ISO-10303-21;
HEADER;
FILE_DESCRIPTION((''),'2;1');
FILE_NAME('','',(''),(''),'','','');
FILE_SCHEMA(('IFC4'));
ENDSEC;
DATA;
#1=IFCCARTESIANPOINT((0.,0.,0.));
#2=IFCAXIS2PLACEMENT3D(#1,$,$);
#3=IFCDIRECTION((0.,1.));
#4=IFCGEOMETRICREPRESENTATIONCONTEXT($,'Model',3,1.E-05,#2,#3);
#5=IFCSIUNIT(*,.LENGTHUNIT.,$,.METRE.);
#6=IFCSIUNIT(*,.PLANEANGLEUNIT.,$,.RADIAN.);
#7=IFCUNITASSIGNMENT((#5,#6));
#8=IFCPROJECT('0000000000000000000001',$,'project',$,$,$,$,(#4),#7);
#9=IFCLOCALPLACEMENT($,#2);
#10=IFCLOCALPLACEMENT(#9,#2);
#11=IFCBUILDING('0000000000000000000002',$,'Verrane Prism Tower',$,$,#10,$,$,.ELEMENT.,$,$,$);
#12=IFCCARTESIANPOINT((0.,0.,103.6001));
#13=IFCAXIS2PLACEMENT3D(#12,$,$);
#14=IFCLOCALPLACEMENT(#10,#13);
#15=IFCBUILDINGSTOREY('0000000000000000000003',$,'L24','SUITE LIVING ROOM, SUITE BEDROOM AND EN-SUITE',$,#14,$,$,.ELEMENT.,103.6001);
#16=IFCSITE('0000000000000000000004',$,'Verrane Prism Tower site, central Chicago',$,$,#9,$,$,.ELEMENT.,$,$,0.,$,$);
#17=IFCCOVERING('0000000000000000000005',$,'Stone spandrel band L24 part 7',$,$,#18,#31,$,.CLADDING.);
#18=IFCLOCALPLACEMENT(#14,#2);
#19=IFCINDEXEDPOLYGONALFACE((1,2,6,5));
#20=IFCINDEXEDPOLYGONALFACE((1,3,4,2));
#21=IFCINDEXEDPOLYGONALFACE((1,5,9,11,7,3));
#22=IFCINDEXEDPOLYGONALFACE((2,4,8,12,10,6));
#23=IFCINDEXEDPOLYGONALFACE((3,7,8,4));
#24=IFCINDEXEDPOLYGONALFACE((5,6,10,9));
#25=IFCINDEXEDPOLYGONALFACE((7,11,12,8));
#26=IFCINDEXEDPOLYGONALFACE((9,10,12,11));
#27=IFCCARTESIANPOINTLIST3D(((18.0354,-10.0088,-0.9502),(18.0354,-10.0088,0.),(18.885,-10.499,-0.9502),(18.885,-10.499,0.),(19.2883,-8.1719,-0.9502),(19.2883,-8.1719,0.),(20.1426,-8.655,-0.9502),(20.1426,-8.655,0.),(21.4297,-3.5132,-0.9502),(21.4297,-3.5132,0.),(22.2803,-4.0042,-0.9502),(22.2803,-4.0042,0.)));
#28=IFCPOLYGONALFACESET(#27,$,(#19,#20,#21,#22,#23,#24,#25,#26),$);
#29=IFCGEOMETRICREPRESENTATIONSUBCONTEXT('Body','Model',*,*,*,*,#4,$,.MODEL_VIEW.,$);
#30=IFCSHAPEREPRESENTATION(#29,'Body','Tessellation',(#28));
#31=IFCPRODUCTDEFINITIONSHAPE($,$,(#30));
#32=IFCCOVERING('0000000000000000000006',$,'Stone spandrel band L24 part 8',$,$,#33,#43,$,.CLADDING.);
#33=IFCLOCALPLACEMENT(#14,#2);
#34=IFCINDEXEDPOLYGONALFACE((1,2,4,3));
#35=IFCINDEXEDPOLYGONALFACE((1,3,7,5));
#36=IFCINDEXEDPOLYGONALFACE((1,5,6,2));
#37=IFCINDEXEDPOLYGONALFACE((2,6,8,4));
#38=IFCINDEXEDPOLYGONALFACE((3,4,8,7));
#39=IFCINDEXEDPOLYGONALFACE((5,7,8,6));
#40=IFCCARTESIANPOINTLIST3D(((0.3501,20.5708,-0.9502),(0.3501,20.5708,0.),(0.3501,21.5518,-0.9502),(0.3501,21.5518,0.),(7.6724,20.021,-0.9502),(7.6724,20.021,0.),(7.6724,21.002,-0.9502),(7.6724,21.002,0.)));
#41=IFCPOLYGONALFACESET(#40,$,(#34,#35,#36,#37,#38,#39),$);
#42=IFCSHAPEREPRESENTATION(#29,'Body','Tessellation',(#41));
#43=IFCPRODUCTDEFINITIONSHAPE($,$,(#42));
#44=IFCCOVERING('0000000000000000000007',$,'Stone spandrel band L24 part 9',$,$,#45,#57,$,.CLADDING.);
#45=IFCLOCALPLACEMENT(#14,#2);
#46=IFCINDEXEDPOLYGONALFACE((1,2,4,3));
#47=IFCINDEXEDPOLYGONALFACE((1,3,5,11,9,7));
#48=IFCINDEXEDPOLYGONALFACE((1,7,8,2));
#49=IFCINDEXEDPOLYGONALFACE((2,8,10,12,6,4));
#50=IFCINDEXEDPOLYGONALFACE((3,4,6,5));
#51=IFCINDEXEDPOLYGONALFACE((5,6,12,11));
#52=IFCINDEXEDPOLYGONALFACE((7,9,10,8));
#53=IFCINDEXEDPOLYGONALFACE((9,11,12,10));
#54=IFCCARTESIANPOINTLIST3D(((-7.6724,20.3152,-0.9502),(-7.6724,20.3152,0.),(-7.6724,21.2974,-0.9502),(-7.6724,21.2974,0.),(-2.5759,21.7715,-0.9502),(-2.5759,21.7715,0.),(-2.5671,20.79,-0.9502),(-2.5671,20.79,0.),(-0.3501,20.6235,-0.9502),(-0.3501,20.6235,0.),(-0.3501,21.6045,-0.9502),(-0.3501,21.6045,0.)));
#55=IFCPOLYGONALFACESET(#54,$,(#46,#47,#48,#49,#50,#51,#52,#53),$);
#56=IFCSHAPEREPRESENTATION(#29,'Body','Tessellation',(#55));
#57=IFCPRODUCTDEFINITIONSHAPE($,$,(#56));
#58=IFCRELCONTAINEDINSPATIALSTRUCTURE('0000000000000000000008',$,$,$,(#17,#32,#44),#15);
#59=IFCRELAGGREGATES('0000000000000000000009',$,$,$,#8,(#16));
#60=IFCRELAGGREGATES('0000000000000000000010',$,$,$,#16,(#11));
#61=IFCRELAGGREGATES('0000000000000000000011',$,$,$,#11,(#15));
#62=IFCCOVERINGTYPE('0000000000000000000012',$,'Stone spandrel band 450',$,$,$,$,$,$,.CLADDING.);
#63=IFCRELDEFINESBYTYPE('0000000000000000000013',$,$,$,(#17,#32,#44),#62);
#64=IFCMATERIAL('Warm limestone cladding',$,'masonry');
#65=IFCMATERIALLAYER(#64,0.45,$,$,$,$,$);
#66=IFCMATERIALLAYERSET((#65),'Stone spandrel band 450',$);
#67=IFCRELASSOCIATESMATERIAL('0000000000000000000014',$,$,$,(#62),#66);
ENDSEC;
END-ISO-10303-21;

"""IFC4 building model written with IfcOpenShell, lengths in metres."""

from ifc_helpers import new_model, si_unit, direction, frame, origin, place, context, subcontext, project, spatial, polyline, outline, extrude, material, layer, layer_set, type_object, element, save


model = new_model("IFC4")

# Units and contexts
model_context = context("Model", 3, precision=1e-05, world=origin(), true_north=direction((0.0, 1.0)))
body_context = subcontext(model_context, "Body", "Model", "MODEL_VIEW")
ifc_project = project(units=[si_unit("LENGTHUNIT", "METRE"), si_unit("PLANEANGLEUNIT", "RADIAN")], contexts=[model_context])

# Site, building, storey
site_placement = place(None, origin())
site = spatial("IfcSite", under=ifc_project, at=site_placement, Name="Verrane Prism Tower site, central Chicago", CompositionType="ELEMENT", RefElevation=0.0)
building_placement = place(site_placement, origin())
building = spatial("IfcBuilding", under=site, at=building_placement, Name="Verrane Prism Tower", CompositionType="ELEMENT")
storey_placement = place(building_placement, frame((0.0, 0.0, 103.6001)))
storey = spatial("IfcBuildingStorey", under=building, at=storey_placement, Name="L24", Description="SUITE LIVING ROOM, SUITE BEDROOM AND EN-SUITE", CompositionType="ELEMENT", Elevation=103.6001)

# Coverings
ifc_material_1 = material(Name="Warm limestone cladding", Category="masonry")
ifc_layer_1 = layer(ifc_material_1, 0.45)
ifc_layer_set_1 = layer_set([ifc_layer_1], Name="Stone spandrel band 450")
covering_type_1 = type_object("IfcCoveringType", Name="Stone spandrel band 450", PredefinedType="CLADDING", material=ifc_layer_set_1)
covering_1_placement = place(storey_placement, frame((0.0, 0.0, -0.9502)))
element("IfcCovering", 1, at=covering_1_placement, inside=storey, type_object=covering_type_1, Name="Stone spandrel band L24 part 7", PredefinedType="CLADDING", context=body_context, shape_type="SweptSolid", body=[
    extrude(outline(polyline([(22.2803, -4.0042), (21.4297, -3.5132), (19.2883, -8.1719), (18.0354, -10.0088), (18.885, -10.499), (20.1426, -8.655), (22.2803, -4.0042)])), origin(), (0.0, 0.0, 1.0), 0.9502),
])
covering_2_placement = place(storey_placement, frame((0.0, 0.0, -0.9502)))
element("IfcCovering", 2, at=covering_2_placement, inside=storey, type_object=covering_type_1, Name="Stone spandrel band L24 part 8", PredefinedType="CLADDING", context=body_context, shape_type="SweptSolid", body=[
    extrude(outline(polyline([(0.3501, 21.5518), (0.3501, 20.5708), (7.6724, 20.021), (7.6724, 21.002), (0.3501, 21.5518)])), origin(), (0.0, 0.0, 1.0), 0.9502),
])
covering_3_placement = place(storey_placement, frame((0.0, 0.0, -0.9502)))
element("IfcCovering", 3, at=covering_3_placement, inside=storey, type_object=covering_type_1, Name="Stone spandrel band L24 part 9", PredefinedType="CLADDING", context=body_context, shape_type="SweptSolid", body=[
    extrude(outline(polyline([(-7.6724, 20.3152), (-2.5671, 20.79), (-0.3501, 20.6235), (-0.3501, 21.6045), (-2.5759, 21.7715), (-7.6724, 21.2974), (-7.6724, 20.3152)])), origin(), (0.0, 0.0, 1.0), 0.9502),
])

save(model, "model.ifc")
